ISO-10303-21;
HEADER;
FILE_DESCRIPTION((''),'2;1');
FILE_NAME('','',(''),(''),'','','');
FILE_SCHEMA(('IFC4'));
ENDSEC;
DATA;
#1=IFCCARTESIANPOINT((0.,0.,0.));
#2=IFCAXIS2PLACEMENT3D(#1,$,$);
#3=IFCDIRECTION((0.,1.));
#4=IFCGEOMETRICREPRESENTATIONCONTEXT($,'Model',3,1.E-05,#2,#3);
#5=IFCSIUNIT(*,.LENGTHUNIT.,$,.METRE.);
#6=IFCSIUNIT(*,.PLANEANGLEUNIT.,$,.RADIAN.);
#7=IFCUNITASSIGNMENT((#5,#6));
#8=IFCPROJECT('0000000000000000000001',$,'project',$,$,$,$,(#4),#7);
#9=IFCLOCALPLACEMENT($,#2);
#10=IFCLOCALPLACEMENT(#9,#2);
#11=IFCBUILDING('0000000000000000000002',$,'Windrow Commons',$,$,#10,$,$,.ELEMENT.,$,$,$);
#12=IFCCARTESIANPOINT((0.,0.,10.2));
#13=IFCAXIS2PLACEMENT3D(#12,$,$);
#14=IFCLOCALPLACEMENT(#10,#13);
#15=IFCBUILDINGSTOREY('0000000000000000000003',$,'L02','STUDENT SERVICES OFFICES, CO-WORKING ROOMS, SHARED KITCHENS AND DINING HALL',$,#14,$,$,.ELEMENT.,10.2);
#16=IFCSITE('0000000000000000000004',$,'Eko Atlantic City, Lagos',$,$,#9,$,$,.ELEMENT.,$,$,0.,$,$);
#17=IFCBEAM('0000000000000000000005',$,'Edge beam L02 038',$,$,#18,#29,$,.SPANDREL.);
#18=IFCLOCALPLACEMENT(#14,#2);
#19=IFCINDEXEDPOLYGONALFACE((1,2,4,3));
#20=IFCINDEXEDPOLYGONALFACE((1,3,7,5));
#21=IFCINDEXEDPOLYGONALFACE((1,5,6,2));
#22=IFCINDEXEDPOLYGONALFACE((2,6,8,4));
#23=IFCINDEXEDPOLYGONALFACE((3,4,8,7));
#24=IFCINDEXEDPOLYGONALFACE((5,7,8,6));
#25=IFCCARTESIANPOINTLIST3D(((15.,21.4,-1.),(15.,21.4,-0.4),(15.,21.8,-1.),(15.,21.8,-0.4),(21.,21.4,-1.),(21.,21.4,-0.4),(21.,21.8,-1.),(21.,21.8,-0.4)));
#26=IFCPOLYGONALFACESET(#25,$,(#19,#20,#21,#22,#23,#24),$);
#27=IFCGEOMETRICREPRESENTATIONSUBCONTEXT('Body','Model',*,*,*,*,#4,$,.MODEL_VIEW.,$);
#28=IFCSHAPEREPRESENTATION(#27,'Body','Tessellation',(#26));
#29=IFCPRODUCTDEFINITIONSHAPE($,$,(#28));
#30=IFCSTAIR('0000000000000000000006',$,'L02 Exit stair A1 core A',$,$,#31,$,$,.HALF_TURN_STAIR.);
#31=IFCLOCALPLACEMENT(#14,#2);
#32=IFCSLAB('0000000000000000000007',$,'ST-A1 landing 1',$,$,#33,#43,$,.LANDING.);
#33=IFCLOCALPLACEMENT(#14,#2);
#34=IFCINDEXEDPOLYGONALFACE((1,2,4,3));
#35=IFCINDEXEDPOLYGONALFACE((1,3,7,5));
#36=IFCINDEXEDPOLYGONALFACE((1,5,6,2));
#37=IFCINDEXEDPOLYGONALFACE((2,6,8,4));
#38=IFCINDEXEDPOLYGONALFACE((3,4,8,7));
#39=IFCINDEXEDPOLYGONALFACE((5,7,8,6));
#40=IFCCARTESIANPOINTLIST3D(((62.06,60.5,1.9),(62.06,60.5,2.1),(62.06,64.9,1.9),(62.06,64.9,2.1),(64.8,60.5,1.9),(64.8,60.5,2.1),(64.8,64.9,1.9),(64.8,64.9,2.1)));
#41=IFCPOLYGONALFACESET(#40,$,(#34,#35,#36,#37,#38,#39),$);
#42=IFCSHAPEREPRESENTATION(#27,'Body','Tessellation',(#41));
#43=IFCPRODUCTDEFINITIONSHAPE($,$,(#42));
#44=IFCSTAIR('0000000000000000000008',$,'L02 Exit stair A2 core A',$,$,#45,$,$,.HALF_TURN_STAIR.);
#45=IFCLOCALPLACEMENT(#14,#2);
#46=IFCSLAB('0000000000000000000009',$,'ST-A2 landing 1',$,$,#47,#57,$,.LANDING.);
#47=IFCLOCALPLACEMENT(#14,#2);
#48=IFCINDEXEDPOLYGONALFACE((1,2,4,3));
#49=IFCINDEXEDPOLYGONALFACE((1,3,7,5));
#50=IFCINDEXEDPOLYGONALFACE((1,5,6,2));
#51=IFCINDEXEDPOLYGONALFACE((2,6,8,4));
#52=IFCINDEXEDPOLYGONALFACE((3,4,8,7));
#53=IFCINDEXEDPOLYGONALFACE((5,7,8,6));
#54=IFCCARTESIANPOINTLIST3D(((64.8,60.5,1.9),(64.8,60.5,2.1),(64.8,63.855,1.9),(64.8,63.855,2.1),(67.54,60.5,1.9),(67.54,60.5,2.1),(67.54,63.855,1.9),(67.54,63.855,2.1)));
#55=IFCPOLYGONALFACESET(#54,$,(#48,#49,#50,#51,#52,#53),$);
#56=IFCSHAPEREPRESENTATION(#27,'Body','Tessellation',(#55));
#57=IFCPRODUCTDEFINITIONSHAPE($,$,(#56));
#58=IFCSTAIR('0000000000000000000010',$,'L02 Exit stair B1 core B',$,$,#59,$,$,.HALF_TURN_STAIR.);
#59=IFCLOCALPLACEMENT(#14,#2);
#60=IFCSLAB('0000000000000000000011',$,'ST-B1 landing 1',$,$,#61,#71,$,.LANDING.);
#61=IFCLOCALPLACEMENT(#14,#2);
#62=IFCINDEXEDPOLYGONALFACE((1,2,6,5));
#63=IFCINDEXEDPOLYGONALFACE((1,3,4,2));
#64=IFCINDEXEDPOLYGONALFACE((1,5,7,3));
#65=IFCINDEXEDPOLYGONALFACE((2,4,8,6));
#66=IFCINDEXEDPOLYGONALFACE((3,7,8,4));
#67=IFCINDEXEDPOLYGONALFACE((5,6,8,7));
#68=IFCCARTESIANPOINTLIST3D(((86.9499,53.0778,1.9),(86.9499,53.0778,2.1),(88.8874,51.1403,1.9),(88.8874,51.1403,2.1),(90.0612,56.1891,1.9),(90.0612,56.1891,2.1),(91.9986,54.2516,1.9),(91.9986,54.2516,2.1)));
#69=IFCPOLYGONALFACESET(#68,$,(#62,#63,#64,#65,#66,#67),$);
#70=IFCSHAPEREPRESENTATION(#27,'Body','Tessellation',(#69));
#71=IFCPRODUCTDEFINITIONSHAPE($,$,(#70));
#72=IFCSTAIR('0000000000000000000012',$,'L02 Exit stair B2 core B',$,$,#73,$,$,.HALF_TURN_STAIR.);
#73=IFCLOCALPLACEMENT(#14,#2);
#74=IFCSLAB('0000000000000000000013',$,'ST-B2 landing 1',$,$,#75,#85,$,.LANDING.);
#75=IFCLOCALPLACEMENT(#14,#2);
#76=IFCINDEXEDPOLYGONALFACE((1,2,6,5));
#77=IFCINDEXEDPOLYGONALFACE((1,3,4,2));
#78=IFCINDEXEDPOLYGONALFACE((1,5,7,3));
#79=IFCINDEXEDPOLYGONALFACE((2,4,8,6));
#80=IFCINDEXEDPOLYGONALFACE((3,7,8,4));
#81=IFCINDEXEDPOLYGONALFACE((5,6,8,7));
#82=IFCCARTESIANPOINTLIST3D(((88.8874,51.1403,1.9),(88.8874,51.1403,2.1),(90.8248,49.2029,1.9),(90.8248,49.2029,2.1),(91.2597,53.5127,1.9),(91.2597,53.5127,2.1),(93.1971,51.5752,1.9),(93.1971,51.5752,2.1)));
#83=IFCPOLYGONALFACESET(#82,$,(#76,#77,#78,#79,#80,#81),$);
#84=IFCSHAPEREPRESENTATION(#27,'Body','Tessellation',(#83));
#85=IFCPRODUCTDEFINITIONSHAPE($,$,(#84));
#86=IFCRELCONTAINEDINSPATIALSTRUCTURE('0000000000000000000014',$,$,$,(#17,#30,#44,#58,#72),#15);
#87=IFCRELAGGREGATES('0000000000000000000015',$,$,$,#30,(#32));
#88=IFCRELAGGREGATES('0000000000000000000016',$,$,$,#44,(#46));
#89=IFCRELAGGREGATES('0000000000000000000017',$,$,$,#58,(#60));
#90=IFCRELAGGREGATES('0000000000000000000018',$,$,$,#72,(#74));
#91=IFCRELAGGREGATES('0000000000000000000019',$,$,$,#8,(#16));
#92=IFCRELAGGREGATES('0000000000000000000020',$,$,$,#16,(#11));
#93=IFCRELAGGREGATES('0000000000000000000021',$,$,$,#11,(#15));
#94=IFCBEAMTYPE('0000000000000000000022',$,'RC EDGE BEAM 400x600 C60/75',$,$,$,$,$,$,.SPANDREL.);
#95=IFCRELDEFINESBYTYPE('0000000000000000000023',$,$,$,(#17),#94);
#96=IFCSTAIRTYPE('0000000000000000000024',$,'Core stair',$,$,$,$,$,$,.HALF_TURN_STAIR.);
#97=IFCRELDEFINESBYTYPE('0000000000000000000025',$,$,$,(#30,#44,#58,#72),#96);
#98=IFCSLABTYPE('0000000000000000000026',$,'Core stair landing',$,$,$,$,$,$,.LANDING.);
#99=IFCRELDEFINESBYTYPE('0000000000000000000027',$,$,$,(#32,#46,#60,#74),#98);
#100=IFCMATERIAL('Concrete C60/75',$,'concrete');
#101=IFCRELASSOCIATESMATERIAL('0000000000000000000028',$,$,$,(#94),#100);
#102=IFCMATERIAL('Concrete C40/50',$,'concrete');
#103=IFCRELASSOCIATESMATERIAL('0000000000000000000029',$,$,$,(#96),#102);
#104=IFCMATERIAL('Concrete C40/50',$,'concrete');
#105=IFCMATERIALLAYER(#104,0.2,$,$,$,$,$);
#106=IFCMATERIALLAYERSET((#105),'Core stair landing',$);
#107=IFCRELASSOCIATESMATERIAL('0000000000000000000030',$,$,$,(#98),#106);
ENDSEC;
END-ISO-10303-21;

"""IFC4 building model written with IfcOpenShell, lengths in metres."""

from ifc_helpers import new_model, si_unit, direction, frame, origin, origin_2d, place, context, subcontext, project, spatial, polyline, rectangle, outline, extrude, material, layer, layer_set, material_profile, profile_set, type_object, element, aggregate, save


model = new_model("IFC4")

# Units and contexts
model_context = context("Model", 3, precision=1e-05, world=origin(), true_north=direction((0.0, 1.0)))
body_context = subcontext(model_context, "Body", "Model", "MODEL_VIEW")
ifc_project = project(units=[si_unit("LENGTHUNIT", "METRE"), si_unit("PLANEANGLEUNIT", "RADIAN")], contexts=[model_context])

# Site, building, storey
site_placement = place(None, origin())
site = spatial("IfcSite", under=ifc_project, at=site_placement, Name="Eko Atlantic City, Lagos", CompositionType="ELEMENT", RefElevation=0.0)
building_placement = place(site_placement, origin())
building = spatial("IfcBuilding", under=site, at=building_placement, Name="Windrow Commons", CompositionType="ELEMENT")
storey_placement = place(building_placement, frame((0.0, 0.0, 10.2)))
storey = spatial("IfcBuildingStorey", under=building, at=storey_placement, Name="L02", Description="STUDENT SERVICES OFFICES, CO-WORKING ROOMS, SHARED KITCHENS AND DINING HALL", CompositionType="ELEMENT", Elevation=10.2)

# Beam
ifc_material_1 = material(Name="Concrete C60/75", Category="concrete")
ifc_material_profile = material_profile(ifc_material_1, rectangle(XDim=0.4, YDim=0.6, at=origin_2d()))
ifc_profile_set = profile_set([ifc_material_profile], Name="Concrete C60/75")
beam_type = type_object("IfcBeamType", Name="RC EDGE BEAM 400x600 C60/75", PredefinedType="SPANDREL", material=ifc_profile_set)
beam_placement = place(storey_placement, frame((21.0, 21.6, -0.7), z_axis=(-1.0, 0.0, 0.0), x_axis=(0.0, -1.0, 0.0)))
element("IfcBeam", 1, at=beam_placement, inside=storey, type_object=beam_type, Name="Edge beam L02 038", PredefinedType="SPANDREL", context=body_context, shape_type="SweptSolid", body=[
    extrude(rectangle(XDim=0.4, YDim=0.6, at=origin_2d()), origin(), (0.0, 0.0, 1.0), 6.0),
])

# Stairs, slabs
ifc_material_2 = material(Name="Concrete C40/50", Category="concrete")
stair_type = type_object("IfcStairType", Name="Core stair", PredefinedType="HALF_TURN_STAIR", material=ifc_material_2)
placement_1 = place(storey_placement, origin())
stair_1 = element("IfcStair", 2, at=placement_1, inside=storey, type_object=stair_type, Name="L02 Exit stair A1 core A", PredefinedType="HALF_TURN_STAIR")
ifc_material_3 = material(Name="Concrete C40/50", Category="concrete")
ifc_layer_1 = layer(ifc_material_3, 0.2)
ifc_layer_set_1 = layer_set([ifc_layer_1], Name="Core stair landing")
slab_type = type_object("IfcSlabType", Name="Core stair landing", PredefinedType="LANDING", material=ifc_layer_set_1)
placement_2 = place(storey_placement, frame((0.0, 0.0, 1.9)))
slab_1 = element("IfcSlab", 3, at=placement_2, type_object=slab_type, Name="ST-A1 landing 1", PredefinedType="LANDING", context=body_context, shape_type="SweptSolid", body=[
    extrude(outline(polyline([(62.06, 60.5), (64.8, 60.5), (64.8, 64.9), (62.06, 64.9), (62.06, 60.5)])), origin(), (0.0, 0.0, 1.0), 0.2),
])
aggregate(stair_1, [slab_1])
stair_2 = element("IfcStair", 4, at=placement_1, inside=storey, type_object=stair_type, Name="L02 Exit stair A2 core A", PredefinedType="HALF_TURN_STAIR")
slab_2 = element("IfcSlab", 5, at=placement_2, type_object=slab_type, Name="ST-A2 landing 1", PredefinedType="LANDING", context=body_context, shape_type="SweptSolid", body=[
    extrude(outline(polyline([(64.8, 60.5), (67.54, 60.5), (67.54, 63.855), (64.8, 63.855), (64.8, 60.5)])), origin(), (0.0, 0.0, 1.0), 0.2),
])
aggregate(stair_2, [slab_2])
stair_3 = element("IfcStair", 6, at=placement_1, inside=storey, type_object=stair_type, Name="L02 Exit stair B1 core B", PredefinedType="HALF_TURN_STAIR")
slab_3 = element("IfcSlab", 7, at=placement_2, type_object=slab_type, Name="ST-B1 landing 1", PredefinedType="LANDING", context=body_context, shape_type="SweptSolid", body=[
    extrude(outline(polyline([(86.9499, 53.0778), (88.8874, 51.1403), (91.9986, 54.2516), (90.0612, 56.1891), (86.9499, 53.0778)])), origin(), (0.0, 0.0, 1.0), 0.2),
])
aggregate(stair_3, [slab_3])
stair_4 = element("IfcStair", 8, at=placement_1, inside=storey, type_object=stair_type, Name="L02 Exit stair B2 core B", PredefinedType="HALF_TURN_STAIR")
slab_4 = element("IfcSlab", 9, at=placement_2, type_object=slab_type, Name="ST-B2 landing 1", PredefinedType="LANDING", context=body_context, shape_type="SweptSolid", body=[
    extrude(outline(polyline([(88.8874, 51.1403), (90.8248, 49.2029), (93.1971, 51.5752), (91.2597, 53.5127), (88.8874, 51.1403)])), origin(), (0.0, 0.0, 1.0), 0.2),
])
aggregate(stair_4, [slab_4])

save(model, "model.ifc")
